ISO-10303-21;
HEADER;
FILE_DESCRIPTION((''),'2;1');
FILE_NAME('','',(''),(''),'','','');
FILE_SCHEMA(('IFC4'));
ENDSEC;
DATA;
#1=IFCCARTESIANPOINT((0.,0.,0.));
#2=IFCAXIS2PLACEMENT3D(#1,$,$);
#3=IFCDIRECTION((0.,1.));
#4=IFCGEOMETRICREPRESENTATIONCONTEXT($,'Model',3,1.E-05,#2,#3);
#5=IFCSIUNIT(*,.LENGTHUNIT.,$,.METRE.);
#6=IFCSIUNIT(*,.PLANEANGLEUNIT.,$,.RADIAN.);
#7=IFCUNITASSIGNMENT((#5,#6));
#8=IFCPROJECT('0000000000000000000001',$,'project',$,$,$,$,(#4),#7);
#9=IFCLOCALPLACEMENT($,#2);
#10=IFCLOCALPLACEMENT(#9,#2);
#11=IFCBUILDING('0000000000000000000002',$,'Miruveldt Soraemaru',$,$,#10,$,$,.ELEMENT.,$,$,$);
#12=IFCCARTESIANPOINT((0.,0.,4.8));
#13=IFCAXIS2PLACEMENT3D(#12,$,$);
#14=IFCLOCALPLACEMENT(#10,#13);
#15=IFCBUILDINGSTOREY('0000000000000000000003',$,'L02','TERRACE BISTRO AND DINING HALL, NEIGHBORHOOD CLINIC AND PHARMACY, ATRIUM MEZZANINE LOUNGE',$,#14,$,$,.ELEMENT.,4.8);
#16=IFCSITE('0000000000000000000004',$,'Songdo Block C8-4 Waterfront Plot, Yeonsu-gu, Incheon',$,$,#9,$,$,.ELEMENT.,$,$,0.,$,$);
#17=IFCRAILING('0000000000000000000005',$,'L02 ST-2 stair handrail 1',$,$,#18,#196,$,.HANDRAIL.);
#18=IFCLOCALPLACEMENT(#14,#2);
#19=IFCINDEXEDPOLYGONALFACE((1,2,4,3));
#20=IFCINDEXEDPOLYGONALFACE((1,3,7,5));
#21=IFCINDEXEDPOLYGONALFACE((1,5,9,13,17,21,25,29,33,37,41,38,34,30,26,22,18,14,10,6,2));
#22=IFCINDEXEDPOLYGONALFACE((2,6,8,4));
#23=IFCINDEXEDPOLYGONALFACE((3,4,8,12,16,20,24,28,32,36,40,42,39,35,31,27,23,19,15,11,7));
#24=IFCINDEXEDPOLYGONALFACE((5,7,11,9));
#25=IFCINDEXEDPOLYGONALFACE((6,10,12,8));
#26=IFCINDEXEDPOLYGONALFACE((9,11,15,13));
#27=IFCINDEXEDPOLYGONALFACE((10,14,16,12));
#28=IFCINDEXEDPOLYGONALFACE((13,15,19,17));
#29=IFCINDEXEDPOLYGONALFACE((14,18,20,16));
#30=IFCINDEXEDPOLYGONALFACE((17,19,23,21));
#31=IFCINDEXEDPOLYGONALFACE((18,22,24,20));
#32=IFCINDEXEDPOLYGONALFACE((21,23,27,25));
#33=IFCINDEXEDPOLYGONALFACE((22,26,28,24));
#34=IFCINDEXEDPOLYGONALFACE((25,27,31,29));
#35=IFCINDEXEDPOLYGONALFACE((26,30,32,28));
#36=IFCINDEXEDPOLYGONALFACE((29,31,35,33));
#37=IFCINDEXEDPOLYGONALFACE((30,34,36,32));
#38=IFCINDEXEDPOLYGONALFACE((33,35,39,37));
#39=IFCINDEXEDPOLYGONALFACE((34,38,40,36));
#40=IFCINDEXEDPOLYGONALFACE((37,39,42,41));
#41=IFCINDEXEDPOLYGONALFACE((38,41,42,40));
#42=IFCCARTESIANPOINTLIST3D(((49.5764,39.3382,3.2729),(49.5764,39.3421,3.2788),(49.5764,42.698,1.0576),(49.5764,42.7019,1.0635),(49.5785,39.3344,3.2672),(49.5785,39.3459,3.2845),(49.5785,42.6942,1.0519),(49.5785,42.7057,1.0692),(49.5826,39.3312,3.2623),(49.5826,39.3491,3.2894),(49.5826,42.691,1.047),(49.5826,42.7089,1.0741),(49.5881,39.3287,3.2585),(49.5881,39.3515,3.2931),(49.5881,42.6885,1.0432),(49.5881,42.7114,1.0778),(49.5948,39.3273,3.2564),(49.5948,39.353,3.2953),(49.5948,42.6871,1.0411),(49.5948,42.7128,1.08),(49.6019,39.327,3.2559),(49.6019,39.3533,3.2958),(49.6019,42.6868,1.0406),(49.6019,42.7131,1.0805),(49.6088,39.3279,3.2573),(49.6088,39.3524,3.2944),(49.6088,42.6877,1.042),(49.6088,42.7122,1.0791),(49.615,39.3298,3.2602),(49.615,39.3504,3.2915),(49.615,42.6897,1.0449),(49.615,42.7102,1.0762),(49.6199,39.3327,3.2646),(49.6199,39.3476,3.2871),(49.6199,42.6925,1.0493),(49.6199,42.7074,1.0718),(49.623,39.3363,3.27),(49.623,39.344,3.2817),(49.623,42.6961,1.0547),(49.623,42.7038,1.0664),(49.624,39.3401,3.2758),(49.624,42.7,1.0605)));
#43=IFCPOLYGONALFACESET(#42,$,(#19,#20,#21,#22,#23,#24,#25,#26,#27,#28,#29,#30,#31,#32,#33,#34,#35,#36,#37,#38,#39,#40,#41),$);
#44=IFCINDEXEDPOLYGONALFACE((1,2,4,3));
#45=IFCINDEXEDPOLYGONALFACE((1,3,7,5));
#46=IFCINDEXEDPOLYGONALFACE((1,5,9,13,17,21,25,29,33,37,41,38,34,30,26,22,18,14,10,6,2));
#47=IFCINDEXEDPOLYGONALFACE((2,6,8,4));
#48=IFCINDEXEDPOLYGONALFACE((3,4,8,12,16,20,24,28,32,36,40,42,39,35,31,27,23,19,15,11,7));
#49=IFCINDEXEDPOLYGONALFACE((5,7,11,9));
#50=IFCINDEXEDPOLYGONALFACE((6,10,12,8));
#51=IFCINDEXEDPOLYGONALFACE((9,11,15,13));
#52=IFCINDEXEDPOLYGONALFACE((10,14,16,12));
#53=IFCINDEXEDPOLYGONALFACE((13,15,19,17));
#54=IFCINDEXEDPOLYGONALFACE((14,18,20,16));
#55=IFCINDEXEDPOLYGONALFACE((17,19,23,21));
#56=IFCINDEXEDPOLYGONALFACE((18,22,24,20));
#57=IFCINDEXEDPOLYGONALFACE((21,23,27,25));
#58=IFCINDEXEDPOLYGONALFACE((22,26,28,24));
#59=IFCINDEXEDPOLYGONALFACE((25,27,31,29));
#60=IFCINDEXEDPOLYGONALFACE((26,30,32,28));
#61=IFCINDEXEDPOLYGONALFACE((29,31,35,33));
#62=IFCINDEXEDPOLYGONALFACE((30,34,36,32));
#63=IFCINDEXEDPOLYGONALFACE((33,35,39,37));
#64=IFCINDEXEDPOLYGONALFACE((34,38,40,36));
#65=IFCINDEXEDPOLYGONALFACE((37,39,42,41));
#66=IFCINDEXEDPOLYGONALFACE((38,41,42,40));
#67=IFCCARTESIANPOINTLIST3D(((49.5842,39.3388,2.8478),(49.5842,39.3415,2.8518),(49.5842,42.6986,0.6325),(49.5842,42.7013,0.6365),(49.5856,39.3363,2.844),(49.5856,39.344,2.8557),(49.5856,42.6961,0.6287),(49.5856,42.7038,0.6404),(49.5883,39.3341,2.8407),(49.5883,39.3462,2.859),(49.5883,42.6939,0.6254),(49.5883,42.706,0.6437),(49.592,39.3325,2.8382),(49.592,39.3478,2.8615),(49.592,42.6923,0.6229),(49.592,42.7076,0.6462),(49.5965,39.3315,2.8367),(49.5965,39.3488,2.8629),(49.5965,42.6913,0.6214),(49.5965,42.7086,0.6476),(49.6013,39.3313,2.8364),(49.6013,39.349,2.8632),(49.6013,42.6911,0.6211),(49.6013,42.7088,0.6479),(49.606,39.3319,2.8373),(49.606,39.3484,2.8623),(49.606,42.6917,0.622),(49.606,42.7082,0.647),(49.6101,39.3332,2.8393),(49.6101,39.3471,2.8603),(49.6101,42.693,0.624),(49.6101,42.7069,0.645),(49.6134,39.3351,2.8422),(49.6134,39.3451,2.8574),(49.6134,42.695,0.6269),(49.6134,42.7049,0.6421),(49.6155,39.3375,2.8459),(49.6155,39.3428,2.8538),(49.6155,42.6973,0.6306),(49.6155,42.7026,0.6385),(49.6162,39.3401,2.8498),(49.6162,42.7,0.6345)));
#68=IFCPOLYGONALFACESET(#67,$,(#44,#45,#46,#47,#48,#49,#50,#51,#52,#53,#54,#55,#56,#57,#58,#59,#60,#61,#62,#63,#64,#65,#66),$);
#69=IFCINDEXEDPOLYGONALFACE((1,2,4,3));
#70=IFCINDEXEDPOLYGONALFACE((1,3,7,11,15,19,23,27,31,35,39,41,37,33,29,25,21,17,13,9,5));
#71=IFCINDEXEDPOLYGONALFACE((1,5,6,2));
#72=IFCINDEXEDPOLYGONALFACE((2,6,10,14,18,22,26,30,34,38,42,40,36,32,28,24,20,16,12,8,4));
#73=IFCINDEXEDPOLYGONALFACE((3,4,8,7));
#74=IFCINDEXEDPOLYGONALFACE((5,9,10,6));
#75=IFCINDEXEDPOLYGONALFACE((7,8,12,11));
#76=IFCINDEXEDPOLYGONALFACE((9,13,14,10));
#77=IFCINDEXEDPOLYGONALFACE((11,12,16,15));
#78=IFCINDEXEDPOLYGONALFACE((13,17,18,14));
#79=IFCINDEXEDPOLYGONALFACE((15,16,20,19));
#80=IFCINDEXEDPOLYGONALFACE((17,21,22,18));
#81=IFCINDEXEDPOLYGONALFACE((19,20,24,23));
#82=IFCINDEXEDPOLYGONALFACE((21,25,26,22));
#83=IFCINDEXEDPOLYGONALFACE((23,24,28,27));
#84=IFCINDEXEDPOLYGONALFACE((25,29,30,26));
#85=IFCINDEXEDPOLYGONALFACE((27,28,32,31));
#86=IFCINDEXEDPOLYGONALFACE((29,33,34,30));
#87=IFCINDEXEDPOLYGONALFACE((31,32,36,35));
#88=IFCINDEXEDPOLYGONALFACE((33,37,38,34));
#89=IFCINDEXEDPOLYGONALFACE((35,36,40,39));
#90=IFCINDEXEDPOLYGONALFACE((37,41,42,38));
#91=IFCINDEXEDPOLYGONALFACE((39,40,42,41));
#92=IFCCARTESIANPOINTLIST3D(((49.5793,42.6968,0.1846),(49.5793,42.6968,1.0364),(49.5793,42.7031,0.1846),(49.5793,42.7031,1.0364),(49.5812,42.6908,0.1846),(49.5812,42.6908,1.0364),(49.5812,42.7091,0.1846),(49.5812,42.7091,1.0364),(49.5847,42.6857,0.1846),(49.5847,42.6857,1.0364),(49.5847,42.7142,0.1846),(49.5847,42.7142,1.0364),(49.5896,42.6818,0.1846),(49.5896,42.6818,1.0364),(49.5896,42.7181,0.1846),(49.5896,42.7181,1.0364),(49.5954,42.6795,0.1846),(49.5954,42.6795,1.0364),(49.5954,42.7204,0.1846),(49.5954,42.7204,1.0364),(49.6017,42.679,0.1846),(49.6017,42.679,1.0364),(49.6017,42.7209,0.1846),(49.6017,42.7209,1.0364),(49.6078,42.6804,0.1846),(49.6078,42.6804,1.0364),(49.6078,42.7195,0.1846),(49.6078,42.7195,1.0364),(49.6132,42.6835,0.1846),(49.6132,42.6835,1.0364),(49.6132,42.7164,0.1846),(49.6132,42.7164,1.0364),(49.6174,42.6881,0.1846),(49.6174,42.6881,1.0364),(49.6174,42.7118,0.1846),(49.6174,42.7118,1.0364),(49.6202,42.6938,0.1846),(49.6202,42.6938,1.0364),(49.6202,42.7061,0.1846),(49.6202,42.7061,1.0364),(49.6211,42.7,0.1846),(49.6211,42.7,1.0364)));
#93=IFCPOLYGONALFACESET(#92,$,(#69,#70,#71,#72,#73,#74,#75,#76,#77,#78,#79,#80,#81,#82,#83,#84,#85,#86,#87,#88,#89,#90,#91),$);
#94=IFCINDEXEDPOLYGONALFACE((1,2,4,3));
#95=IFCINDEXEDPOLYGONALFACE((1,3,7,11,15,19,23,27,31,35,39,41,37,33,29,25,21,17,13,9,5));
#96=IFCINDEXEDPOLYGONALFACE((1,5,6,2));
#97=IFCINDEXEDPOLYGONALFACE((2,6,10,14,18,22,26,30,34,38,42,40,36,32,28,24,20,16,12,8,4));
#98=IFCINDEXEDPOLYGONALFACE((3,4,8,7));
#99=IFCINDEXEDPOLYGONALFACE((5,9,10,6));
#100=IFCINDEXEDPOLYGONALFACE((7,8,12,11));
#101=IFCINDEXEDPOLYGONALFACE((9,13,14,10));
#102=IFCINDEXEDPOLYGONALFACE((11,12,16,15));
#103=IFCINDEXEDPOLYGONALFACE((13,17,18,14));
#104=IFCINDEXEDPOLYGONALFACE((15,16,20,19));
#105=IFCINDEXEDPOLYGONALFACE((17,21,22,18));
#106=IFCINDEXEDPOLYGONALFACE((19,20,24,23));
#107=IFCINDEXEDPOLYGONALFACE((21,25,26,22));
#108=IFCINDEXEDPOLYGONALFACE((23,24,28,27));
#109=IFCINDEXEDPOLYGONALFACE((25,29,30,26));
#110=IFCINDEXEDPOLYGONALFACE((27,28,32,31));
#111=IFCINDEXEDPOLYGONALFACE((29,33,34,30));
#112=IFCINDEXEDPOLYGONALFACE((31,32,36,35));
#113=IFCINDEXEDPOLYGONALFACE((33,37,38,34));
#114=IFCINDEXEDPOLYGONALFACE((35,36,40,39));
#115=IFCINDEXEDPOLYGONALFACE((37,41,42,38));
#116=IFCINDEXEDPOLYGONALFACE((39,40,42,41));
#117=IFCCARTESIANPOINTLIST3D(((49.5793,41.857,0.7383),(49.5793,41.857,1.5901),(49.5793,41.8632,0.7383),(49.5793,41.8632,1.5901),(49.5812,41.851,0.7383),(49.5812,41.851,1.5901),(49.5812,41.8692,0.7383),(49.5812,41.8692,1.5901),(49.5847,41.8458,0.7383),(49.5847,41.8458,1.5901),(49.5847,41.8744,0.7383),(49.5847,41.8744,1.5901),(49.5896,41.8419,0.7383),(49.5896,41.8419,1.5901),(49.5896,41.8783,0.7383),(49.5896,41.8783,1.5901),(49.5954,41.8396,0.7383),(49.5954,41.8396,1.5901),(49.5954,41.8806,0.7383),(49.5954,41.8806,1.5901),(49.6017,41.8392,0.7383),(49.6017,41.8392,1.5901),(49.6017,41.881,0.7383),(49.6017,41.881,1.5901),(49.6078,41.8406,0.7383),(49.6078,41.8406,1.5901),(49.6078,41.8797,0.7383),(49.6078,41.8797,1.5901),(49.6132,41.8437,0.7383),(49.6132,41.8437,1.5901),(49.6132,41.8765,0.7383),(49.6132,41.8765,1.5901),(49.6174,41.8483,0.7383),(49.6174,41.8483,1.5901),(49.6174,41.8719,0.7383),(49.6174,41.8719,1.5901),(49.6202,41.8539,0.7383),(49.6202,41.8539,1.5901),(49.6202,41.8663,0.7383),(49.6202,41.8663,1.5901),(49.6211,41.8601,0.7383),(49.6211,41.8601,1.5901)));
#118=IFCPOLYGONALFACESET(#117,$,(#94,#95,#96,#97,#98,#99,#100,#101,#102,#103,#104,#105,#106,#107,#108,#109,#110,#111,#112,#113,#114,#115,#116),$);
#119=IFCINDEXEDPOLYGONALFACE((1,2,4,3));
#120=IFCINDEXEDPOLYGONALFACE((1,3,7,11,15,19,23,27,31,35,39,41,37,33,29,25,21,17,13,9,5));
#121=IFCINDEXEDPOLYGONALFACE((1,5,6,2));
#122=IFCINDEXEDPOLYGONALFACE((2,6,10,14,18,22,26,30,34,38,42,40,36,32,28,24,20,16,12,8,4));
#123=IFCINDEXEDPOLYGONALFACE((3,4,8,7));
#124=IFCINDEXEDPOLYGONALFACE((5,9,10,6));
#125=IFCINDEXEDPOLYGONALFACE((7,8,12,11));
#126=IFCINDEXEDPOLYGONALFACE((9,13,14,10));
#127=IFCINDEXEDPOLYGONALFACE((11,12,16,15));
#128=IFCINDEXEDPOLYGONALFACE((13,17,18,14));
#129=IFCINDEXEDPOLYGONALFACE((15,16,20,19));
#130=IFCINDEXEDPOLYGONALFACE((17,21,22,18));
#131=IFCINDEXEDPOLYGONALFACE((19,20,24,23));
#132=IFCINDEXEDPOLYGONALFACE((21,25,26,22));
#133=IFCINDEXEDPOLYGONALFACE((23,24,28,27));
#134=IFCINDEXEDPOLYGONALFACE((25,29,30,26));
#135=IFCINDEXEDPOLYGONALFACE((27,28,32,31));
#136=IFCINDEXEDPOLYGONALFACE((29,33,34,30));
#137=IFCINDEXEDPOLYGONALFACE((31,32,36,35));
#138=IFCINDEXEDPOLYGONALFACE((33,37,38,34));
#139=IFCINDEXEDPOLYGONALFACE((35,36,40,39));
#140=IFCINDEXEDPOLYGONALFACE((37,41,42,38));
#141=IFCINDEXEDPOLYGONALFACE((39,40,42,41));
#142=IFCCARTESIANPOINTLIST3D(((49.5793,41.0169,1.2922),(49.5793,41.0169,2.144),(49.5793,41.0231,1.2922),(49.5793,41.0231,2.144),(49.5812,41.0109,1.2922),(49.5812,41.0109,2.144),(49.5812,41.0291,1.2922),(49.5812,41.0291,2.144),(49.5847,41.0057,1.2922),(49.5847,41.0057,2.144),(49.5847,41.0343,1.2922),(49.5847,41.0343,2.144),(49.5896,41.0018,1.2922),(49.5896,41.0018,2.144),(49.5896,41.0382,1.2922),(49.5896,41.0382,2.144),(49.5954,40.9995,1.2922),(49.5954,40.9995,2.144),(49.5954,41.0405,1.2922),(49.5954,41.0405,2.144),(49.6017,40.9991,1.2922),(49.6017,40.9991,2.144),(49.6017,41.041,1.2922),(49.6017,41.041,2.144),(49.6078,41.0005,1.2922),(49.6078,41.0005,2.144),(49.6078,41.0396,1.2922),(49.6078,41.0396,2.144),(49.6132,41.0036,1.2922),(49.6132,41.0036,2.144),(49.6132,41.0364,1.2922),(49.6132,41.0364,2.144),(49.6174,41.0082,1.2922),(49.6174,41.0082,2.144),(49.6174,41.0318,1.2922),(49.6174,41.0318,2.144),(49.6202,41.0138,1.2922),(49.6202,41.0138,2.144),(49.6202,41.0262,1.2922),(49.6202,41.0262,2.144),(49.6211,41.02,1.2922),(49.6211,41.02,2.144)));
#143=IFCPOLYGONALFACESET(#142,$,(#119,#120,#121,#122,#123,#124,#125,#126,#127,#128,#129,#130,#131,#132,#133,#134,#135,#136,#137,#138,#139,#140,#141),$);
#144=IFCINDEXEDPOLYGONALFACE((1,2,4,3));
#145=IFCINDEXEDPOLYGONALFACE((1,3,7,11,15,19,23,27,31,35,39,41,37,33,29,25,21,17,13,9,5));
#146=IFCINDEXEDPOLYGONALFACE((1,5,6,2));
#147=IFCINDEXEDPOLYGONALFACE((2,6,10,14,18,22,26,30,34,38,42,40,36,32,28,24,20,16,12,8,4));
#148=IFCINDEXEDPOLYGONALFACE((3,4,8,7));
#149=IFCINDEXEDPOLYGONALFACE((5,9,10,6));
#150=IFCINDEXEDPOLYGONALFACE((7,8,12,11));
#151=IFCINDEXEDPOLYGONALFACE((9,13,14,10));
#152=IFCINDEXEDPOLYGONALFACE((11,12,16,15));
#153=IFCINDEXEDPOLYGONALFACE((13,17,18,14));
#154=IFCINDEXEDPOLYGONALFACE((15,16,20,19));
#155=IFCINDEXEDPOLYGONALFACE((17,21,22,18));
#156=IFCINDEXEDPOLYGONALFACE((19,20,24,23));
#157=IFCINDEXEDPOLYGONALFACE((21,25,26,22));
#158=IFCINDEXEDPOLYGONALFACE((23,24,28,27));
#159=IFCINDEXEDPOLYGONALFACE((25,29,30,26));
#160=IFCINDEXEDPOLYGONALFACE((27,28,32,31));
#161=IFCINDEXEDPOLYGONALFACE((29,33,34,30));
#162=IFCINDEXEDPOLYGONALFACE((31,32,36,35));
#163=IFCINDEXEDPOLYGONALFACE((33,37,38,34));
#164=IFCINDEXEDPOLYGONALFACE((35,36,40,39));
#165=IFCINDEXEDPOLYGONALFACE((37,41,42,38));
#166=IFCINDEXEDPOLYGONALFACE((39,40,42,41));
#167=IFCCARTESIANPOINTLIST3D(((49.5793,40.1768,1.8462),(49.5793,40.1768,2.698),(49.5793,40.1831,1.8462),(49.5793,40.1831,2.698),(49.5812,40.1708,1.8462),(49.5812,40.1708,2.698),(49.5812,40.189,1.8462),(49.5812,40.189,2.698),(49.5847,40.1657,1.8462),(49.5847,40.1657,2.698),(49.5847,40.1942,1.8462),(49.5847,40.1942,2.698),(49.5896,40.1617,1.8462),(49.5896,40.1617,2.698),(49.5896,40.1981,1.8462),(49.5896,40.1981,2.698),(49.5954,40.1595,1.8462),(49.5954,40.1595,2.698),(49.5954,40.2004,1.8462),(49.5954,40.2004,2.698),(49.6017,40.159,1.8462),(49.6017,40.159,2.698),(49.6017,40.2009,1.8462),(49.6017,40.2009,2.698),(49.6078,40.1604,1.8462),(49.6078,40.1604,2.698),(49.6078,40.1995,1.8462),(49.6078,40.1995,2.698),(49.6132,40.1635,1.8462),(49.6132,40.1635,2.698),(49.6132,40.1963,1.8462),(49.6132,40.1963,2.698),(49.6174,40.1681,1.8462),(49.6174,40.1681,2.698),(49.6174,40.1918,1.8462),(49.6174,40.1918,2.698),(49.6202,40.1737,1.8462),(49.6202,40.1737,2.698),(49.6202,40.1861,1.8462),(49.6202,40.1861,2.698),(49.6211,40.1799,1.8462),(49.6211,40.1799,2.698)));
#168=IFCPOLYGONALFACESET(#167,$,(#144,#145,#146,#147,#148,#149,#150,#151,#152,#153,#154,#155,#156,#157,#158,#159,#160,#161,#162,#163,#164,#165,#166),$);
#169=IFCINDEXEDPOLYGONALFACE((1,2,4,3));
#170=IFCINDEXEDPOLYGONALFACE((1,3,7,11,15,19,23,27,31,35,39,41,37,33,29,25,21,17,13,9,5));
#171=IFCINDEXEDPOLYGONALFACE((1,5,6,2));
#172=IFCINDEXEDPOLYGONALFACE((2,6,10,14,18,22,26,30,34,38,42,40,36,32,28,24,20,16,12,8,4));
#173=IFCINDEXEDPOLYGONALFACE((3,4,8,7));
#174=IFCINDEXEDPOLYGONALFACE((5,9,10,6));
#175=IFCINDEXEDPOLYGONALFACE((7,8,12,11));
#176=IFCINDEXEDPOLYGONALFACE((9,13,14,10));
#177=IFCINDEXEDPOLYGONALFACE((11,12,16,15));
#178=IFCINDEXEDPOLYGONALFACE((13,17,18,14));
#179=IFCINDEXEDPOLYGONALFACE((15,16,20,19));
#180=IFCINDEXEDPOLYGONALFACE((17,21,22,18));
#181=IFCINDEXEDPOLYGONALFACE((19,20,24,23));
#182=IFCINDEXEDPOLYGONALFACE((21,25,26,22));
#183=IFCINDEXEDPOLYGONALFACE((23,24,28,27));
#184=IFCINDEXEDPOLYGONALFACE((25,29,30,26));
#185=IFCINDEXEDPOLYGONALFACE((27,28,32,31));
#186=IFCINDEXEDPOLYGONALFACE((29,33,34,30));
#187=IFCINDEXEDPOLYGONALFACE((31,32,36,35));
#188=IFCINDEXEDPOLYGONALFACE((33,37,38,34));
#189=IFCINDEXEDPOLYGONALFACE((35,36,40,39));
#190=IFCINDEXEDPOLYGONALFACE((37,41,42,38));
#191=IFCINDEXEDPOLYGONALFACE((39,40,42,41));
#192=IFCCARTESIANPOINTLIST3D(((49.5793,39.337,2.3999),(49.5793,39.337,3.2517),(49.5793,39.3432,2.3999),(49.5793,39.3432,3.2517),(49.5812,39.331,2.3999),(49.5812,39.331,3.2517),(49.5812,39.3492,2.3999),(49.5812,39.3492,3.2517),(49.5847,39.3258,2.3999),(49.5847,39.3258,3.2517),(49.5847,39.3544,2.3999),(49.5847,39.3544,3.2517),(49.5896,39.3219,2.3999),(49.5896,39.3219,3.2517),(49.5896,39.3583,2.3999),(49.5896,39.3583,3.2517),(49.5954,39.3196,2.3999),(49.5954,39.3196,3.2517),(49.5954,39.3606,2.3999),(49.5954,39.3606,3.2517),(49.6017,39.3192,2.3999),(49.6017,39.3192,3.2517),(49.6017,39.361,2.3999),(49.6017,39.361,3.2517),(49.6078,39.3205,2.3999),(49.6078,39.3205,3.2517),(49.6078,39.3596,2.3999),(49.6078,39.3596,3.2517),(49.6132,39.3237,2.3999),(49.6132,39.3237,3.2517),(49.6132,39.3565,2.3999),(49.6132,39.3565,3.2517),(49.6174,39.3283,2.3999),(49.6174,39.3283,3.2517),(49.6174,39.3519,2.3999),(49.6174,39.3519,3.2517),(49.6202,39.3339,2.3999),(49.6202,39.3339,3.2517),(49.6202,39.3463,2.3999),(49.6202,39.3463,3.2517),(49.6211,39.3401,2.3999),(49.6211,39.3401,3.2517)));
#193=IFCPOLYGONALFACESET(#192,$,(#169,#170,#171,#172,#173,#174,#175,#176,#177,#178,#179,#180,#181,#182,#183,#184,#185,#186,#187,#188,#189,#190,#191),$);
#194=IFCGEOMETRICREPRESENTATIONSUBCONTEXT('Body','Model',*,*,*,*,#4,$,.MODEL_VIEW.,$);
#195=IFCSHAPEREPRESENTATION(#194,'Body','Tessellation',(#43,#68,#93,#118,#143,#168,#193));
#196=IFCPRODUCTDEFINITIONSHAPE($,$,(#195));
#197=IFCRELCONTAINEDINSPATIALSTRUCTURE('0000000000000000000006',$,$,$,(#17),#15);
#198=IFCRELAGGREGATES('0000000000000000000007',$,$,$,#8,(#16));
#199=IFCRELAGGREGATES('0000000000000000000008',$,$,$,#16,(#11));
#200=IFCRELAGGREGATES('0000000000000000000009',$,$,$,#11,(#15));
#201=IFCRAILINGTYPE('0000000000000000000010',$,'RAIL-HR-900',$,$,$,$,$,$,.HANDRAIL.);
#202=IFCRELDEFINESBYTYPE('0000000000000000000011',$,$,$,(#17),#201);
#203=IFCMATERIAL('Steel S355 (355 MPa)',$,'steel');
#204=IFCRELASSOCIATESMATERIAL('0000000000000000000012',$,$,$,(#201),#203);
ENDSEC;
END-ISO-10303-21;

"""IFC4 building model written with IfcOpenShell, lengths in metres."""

from ifc_helpers import new_model, si_unit, direction, frame, origin, origin_2d, place, context, subcontext, project, spatial, circle, extrude, material, type_object, element, save


model = new_model("IFC4")

# Units and contexts
model_context = context("Model", 3, precision=1e-05, world=origin(), true_north=direction((0.0, 1.0)))
body_context = subcontext(model_context, "Body", "Model", "MODEL_VIEW")
ifc_project = project(units=[si_unit("LENGTHUNIT", "METRE"), si_unit("PLANEANGLEUNIT", "RADIAN")], contexts=[model_context])

# Site, building, storey
site_placement = place(None, origin())
site = spatial("IfcSite", under=ifc_project, at=site_placement, Name="Songdo Block C8-4 Waterfront Plot, Yeonsu-gu, Incheon", CompositionType="ELEMENT", RefElevation=0.0)
building_placement = place(site_placement, origin())
building = spatial("IfcBuilding", under=site, at=building_placement, Name="Miruveldt Soraemaru", CompositionType="ELEMENT")
storey_placement = place(building_placement, frame((0.0, 0.0, 4.8)))
storey = spatial("IfcBuildingStorey", under=building, at=storey_placement, Name="L02", Description="TERRACE BISTRO AND DINING HALL, NEIGHBORHOOD CLINIC AND PHARMACY, ATRIUM MEZZANINE LOUNGE", CompositionType="ELEMENT", Elevation=4.8)

# Shared definitions
ifc_material_1 = material(Name="Steel S355 (355 MPa)", Category="steel")

# Railing
railing_type_1 = type_object("IfcRailingType", Name="RAIL-HR-900", PredefinedType="HANDRAIL", material=ifc_material_1)
railing_1_placement = place(storey_placement, frame((49.6001, 42.7, 0.1846)))
element("IfcRailing", 1, at=railing_1_placement, inside=storey, type_object=railing_type_1, Name="L02 ST-2 stair handrail 1", PredefinedType="HANDRAIL", context=body_context, shape_type="SweptSolid", body=[
    extrude(circle(Radius=0.0239, at=origin_2d()), frame((0.0, 0.0, 0.876), z_axis=(0.0, -0.834858, 0.550465), x_axis=(1.0, 0.0, 0.0)), (0.0, 0.0, 1.0), 4.0244),
    extrude(circle(Radius=0.0161, at=origin_2d()), frame((0.0, 0.0, 0.45), z_axis=(0.0, -0.834858, 0.550465), x_axis=(1.0, 0.0, 0.0)), (0.0, 0.0, 1.0), 4.0244),
    extrude(circle(Radius=0.021, at=origin_2d()), origin(), (0.0, 0.0, 1.0), 0.8518),
    extrude(circle(Radius=0.021, at=origin_2d()), frame((0.0, -0.8398, 0.5537)), (0.0, 0.0, 1.0), 0.8518),
    extrude(circle(Radius=0.021, at=origin_2d()), frame((0.0, -1.6799, 1.1077)), (0.0, 0.0, 1.0), 0.8518),
    extrude(circle(Radius=0.021, at=origin_2d()), frame((0.0, -2.52, 1.6616)), (0.0, 0.0, 1.0), 0.8518),
    extrude(circle(Radius=0.021, at=origin_2d()), frame((0.0, -3.3599, 2.2153)), (0.0, 0.0, 1.0), 0.8518),
])

save(model, "model.ifc")
